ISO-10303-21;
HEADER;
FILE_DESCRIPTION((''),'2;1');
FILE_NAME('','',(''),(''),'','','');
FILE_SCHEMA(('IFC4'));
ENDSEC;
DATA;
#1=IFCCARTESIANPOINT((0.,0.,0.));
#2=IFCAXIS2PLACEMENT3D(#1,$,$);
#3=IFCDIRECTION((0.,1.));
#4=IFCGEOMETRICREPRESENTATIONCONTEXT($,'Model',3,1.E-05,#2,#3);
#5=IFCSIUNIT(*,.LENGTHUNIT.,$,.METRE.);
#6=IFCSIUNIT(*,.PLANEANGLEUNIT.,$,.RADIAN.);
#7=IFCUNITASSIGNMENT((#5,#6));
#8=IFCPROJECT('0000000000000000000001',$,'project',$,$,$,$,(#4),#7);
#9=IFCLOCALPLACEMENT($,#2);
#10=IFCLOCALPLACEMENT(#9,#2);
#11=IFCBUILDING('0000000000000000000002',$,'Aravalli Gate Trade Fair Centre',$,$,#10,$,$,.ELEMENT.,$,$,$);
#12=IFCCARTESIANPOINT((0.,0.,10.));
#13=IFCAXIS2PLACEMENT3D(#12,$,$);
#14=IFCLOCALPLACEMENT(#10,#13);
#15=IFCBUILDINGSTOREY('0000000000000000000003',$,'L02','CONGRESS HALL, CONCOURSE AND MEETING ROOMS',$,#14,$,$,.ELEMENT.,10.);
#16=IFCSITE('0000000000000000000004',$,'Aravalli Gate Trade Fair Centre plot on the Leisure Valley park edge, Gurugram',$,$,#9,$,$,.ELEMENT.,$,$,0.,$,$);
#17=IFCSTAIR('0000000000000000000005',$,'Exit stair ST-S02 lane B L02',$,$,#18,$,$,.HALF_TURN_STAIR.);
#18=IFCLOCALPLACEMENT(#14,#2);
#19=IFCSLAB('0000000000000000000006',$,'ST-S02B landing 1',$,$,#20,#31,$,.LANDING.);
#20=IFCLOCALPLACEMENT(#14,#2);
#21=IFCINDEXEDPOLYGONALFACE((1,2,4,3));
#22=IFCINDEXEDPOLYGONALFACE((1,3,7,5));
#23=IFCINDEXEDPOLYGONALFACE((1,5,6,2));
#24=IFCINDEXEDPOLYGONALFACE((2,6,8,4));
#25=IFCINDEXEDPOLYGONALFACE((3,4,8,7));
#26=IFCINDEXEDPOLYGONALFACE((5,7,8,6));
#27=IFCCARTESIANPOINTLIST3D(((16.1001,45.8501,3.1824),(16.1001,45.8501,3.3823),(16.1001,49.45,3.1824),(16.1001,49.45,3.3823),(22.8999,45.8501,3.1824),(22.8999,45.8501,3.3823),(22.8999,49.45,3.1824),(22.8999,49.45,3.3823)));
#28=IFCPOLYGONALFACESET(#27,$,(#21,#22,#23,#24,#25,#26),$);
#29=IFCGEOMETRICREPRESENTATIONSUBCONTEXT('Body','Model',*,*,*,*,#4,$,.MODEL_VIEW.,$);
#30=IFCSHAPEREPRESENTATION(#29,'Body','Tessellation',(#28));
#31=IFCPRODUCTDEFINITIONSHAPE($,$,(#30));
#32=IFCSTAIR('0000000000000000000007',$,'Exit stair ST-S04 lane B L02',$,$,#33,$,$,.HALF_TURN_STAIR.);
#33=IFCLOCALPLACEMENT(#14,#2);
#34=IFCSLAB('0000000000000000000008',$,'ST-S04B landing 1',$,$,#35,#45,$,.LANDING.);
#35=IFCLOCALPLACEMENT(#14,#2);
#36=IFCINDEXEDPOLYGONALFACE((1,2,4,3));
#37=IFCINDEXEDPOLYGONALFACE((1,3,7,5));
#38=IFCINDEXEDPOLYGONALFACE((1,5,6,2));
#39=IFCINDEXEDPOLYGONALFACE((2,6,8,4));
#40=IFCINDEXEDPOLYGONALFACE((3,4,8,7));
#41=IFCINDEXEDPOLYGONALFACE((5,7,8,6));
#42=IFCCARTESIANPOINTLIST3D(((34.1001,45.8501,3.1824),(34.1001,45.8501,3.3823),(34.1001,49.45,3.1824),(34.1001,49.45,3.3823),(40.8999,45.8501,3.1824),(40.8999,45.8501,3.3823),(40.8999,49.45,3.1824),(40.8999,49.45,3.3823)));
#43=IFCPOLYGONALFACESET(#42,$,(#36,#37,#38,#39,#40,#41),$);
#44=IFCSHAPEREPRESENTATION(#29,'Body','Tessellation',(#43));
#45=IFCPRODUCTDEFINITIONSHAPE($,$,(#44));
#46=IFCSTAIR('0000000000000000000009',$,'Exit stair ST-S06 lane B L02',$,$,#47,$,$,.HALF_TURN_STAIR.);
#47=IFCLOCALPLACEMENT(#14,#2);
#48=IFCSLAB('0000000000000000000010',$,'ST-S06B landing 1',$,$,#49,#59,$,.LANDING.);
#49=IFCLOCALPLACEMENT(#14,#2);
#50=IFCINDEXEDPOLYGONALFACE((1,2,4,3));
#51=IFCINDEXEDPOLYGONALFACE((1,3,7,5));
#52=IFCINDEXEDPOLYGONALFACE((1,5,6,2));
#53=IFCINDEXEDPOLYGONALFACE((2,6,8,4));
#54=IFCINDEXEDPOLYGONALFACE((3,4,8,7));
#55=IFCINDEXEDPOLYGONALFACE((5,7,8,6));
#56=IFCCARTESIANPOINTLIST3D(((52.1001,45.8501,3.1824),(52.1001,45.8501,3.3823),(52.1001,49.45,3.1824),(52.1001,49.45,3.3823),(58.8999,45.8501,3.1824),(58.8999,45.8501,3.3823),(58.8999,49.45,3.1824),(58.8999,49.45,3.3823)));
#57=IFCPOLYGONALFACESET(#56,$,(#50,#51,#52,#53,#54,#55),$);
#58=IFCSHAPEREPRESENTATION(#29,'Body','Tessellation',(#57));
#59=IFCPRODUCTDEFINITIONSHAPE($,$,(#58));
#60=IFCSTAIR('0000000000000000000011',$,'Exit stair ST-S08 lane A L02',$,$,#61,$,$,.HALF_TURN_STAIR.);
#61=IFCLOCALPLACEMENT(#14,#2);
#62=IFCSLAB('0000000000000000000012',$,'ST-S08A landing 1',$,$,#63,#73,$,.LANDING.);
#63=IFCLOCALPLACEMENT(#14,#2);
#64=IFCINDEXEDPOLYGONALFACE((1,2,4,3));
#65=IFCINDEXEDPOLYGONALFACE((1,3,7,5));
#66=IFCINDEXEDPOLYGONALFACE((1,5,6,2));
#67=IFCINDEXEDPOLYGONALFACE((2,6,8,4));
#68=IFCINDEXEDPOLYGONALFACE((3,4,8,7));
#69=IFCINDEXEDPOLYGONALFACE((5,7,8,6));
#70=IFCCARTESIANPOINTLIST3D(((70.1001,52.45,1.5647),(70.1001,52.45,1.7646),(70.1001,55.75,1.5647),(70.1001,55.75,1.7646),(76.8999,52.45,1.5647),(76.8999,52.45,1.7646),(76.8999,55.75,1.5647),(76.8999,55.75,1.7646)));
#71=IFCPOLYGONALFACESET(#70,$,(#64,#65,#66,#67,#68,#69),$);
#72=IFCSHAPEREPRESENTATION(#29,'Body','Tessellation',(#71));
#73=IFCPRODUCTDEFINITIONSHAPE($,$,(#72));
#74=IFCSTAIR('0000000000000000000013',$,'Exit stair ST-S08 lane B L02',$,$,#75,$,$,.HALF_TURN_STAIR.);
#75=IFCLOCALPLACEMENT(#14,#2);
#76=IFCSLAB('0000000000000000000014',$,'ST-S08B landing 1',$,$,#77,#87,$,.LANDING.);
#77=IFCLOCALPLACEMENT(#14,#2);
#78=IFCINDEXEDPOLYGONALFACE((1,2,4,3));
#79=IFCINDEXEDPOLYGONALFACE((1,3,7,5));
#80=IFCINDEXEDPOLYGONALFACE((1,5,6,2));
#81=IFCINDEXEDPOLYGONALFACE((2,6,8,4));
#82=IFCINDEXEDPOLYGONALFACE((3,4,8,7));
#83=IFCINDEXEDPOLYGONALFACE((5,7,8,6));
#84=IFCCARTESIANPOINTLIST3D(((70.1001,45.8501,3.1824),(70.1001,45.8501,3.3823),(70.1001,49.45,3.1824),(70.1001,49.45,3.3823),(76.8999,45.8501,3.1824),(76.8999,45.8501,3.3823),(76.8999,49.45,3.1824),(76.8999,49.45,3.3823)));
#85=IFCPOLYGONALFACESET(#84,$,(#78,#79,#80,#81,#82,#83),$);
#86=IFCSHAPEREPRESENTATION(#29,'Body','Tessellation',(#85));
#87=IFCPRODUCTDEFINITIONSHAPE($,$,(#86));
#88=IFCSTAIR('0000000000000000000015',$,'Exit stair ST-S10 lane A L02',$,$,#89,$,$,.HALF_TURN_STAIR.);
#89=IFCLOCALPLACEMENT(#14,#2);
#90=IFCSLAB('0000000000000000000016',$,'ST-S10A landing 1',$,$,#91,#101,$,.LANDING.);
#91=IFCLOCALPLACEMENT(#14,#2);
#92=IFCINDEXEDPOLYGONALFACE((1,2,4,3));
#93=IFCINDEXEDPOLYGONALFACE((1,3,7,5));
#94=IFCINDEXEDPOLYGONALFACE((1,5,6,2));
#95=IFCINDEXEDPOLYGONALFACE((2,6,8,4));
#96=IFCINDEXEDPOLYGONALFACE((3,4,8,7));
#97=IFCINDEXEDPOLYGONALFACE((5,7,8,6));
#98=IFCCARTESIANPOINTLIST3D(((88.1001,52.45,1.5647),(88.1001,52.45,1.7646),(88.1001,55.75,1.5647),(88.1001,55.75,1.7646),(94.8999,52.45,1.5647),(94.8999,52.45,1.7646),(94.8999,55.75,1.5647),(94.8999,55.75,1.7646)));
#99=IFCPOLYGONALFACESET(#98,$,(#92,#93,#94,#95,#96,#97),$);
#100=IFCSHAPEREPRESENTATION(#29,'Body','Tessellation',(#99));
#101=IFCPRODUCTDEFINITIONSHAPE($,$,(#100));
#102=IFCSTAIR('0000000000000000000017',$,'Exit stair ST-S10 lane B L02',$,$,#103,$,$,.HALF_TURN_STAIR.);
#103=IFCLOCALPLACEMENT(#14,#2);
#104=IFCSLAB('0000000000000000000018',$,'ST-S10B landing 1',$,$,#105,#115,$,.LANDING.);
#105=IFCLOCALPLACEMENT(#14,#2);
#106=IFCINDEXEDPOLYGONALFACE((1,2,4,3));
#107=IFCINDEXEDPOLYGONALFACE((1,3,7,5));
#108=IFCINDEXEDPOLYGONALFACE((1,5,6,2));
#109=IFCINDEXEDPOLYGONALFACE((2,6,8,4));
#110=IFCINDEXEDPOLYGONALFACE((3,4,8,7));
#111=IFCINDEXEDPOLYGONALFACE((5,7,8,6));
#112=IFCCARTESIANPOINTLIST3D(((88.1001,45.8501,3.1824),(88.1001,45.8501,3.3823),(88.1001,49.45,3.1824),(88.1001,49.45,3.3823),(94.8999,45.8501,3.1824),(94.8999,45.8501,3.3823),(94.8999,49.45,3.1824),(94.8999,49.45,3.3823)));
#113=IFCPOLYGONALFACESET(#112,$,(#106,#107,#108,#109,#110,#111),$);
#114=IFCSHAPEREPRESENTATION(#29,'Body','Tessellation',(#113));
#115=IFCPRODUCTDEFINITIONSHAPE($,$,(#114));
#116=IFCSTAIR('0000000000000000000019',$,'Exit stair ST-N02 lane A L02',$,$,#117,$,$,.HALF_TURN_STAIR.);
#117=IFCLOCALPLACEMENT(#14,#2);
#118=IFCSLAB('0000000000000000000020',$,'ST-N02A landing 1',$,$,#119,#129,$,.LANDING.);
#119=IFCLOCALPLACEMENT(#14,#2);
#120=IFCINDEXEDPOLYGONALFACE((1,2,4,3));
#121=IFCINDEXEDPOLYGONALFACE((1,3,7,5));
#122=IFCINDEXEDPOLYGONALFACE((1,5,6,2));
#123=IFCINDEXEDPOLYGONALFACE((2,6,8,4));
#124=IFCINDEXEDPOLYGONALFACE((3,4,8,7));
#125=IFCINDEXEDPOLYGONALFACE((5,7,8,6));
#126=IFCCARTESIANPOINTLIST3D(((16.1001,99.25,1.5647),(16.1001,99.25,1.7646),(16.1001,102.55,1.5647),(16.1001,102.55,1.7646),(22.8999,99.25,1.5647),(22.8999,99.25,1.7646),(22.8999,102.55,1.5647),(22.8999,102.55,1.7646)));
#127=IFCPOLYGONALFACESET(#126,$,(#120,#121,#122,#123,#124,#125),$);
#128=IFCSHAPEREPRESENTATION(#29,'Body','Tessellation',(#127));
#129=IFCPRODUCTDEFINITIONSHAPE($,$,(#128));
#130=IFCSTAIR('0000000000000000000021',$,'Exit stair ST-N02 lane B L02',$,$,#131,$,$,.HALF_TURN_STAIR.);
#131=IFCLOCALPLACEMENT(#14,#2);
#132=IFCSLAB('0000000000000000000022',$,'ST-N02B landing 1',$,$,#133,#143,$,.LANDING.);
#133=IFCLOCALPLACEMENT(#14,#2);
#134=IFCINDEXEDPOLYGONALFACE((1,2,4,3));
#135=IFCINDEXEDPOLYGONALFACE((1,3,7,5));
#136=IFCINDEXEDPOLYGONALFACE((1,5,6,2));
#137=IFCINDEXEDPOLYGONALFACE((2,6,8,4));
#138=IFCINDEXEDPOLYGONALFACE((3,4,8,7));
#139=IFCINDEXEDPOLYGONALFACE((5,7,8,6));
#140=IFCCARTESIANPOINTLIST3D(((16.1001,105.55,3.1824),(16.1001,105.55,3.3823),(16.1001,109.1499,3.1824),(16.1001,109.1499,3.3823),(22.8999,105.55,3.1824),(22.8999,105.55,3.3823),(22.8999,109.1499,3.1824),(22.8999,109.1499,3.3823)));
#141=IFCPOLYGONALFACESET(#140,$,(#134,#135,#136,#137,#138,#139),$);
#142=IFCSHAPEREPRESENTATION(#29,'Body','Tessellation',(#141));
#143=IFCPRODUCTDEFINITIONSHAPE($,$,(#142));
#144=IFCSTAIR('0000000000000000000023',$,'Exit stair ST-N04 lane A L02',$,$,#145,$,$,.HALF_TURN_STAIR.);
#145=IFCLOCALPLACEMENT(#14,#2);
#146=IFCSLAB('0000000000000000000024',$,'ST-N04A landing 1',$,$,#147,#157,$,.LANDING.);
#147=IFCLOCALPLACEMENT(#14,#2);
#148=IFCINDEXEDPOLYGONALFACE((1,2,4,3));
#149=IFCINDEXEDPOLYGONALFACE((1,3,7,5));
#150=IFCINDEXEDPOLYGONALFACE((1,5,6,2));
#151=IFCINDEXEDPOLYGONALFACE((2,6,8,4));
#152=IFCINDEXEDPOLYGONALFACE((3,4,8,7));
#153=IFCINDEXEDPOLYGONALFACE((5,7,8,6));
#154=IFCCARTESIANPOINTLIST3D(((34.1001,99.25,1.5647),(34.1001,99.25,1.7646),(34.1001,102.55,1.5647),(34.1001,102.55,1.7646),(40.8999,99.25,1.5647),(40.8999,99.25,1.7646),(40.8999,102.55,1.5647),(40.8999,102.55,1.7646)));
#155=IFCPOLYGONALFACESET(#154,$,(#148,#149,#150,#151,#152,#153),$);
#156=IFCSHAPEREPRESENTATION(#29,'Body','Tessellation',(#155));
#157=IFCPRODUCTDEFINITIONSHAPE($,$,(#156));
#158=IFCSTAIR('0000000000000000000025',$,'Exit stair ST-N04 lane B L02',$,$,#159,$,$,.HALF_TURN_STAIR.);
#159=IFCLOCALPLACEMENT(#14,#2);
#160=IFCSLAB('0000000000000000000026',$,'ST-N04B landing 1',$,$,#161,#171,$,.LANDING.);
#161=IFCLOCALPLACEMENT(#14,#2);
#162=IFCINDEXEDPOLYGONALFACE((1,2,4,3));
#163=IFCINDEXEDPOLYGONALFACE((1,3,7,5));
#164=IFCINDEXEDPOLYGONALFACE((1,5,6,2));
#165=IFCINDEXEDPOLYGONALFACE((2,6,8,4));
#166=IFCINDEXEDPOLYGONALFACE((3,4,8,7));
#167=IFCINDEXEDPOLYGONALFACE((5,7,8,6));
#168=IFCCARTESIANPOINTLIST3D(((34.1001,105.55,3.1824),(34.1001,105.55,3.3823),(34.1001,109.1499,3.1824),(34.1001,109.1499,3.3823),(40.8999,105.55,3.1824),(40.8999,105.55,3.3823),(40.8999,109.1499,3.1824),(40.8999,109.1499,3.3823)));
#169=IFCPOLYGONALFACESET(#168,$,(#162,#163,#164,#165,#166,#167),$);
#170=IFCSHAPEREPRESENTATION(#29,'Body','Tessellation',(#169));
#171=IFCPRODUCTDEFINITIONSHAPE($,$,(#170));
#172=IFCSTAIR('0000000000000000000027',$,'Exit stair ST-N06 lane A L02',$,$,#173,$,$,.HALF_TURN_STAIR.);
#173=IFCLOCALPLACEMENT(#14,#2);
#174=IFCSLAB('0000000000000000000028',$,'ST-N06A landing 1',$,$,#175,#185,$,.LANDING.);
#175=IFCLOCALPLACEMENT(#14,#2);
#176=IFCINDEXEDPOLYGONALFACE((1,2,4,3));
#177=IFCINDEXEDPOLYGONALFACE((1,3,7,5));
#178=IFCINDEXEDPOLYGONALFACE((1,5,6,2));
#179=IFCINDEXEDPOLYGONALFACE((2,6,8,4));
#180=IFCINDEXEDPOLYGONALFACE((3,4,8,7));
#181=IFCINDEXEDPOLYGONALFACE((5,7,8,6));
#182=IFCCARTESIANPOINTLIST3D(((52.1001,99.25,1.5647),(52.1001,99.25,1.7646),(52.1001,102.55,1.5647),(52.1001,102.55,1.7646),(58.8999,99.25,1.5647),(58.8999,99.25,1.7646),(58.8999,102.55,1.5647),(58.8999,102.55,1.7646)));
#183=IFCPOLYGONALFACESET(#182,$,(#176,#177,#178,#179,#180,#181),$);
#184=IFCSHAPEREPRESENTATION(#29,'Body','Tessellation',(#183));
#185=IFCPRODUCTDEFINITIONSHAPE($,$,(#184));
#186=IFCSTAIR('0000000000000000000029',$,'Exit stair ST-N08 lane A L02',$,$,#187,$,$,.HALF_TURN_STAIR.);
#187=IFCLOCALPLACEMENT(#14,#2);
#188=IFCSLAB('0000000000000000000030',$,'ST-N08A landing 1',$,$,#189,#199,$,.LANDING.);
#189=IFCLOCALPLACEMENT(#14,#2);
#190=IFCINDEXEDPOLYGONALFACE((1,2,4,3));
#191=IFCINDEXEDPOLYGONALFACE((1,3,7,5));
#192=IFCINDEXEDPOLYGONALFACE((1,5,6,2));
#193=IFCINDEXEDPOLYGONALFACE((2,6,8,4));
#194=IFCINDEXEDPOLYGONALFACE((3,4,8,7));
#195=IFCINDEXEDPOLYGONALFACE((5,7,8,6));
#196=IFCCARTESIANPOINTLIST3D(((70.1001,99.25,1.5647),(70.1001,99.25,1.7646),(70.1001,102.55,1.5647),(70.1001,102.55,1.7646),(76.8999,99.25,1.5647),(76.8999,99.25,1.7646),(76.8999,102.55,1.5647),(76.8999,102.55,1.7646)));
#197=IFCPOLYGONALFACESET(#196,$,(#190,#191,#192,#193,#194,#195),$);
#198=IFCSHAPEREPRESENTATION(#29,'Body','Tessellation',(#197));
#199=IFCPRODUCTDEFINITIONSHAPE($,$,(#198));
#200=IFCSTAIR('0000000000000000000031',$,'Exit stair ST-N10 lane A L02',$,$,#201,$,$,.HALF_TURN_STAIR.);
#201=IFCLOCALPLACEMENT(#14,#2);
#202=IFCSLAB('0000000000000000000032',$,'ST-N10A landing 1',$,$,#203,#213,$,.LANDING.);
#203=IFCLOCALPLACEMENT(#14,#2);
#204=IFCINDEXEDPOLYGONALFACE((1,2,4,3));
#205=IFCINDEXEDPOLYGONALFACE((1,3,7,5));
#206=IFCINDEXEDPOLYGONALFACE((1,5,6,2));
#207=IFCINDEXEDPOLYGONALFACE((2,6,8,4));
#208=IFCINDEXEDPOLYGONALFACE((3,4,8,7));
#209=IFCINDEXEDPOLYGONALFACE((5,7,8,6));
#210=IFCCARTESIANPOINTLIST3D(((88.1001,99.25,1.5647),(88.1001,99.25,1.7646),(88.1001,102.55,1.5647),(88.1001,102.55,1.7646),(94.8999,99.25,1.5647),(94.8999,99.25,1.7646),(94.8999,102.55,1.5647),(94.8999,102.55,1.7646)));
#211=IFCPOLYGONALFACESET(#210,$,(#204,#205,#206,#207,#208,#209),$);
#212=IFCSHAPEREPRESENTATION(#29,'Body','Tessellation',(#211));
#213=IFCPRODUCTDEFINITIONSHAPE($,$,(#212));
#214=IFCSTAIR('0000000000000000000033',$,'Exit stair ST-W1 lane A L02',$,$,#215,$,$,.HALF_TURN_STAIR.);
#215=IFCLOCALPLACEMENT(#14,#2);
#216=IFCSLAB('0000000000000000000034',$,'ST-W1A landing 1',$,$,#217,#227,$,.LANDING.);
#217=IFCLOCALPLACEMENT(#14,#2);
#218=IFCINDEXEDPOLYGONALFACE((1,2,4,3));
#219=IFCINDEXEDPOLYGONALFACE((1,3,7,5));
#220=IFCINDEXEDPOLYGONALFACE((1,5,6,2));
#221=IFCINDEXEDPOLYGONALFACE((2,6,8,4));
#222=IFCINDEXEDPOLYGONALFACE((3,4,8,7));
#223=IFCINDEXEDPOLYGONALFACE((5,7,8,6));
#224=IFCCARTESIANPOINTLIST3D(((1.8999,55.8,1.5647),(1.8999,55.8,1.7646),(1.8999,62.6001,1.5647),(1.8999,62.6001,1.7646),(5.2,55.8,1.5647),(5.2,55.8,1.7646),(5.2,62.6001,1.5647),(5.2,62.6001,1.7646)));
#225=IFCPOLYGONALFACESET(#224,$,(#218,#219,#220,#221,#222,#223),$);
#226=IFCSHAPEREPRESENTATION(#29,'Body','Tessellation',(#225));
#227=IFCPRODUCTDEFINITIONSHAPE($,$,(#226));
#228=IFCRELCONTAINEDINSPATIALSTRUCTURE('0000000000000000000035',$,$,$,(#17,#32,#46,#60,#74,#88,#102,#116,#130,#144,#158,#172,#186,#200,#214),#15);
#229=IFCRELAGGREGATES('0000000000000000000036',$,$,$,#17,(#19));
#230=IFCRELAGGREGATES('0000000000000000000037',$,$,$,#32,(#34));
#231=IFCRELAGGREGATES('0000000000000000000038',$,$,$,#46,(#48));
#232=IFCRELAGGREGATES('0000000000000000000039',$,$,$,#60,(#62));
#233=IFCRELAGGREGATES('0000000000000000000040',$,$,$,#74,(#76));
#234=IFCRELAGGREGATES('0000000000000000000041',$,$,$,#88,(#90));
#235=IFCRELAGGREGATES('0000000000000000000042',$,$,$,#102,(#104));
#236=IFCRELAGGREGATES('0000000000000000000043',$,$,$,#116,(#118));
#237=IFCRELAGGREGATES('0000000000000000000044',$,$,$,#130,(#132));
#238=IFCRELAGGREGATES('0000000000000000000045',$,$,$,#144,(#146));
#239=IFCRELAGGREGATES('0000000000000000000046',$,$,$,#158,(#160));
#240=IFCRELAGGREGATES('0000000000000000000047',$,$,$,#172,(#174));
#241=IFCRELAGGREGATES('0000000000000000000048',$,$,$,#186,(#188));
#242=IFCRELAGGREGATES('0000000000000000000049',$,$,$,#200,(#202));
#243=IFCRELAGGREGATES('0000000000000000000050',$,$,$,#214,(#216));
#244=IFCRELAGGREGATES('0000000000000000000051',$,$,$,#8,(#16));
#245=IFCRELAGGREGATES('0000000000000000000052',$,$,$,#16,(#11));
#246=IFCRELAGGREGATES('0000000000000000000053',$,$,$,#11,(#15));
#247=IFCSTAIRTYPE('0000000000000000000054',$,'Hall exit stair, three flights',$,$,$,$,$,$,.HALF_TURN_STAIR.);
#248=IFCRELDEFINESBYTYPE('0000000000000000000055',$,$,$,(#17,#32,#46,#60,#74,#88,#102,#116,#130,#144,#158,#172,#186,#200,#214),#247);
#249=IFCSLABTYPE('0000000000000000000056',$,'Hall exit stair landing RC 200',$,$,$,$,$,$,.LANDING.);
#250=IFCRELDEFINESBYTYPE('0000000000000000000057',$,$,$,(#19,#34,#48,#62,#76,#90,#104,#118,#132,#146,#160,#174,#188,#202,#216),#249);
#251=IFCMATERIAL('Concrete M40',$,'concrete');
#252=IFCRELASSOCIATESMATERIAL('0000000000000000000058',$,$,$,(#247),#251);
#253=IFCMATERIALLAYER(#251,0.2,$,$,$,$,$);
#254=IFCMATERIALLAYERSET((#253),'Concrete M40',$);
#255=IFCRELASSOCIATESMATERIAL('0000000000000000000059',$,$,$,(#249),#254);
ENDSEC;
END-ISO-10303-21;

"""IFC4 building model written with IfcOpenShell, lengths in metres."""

from ifc_helpers import new_model, si_unit, direction, frame, origin, place, context, subcontext, project, spatial, polyline, outline, extrude, material, layer, layer_set, type_object, element, aggregate, save


model = new_model("IFC4")

# Units and contexts
model_context = context("Model", 3, precision=1e-05, world=origin(), true_north=direction((0.0, 1.0)))
body_context = subcontext(model_context, "Body", "Model", "MODEL_VIEW")
ifc_project = project(units=[si_unit("LENGTHUNIT", "METRE"), si_unit("PLANEANGLEUNIT", "RADIAN")], contexts=[model_context])

# Site, building, storey
site_placement = place(None, origin())
site = spatial("IfcSite", under=ifc_project, at=site_placement, Name="Aravalli Gate Trade Fair Centre plot on the Leisure Valley park edge, Gurugram", CompositionType="ELEMENT", RefElevation=0.0)
building_placement = place(site_placement, origin())
building = spatial("IfcBuilding", under=site, at=building_placement, Name="Aravalli Gate Trade Fair Centre", CompositionType="ELEMENT")
storey_placement = place(building_placement, frame((0.0, 0.0, 10.0)))
storey = spatial("IfcBuildingStorey", under=building, at=storey_placement, Name="L02", Description="CONGRESS HALL, CONCOURSE AND MEETING ROOMS", CompositionType="ELEMENT", Elevation=10.0)

# Stairs, slabs
ifc_material_1 = material(Name="Concrete M40", Category="concrete")
stair_type_1 = type_object("IfcStairType", Name="Hall exit stair, three flights", PredefinedType="HALF_TURN_STAIR", material=ifc_material_1)
stair_1_placement = place(storey_placement, origin())
stair_1 = element("IfcStair", 1, at=stair_1_placement, inside=storey, type_object=stair_type_1, Name="Exit stair ST-S02 lane B L02", PredefinedType="HALF_TURN_STAIR")
ifc_layer_1 = layer(ifc_material_1, 0.2)
ifc_layer_set_1 = layer_set([ifc_layer_1], Name="Concrete M40")
slab_type_1 = type_object("IfcSlabType", Name="Hall exit stair landing RC 200", PredefinedType="LANDING", material=ifc_layer_set_1)
slab_1_placement = place(storey_placement, frame((0.0, 0.0, 3.1824)))
slab_1 = element("IfcSlab", 2, at=slab_1_placement, type_object=slab_type_1, Name="ST-S02B landing 1", PredefinedType="LANDING", context=body_context, shape_type="SweptSolid", body=[
    extrude(outline(polyline([(16.1001, 45.8501), (22.8999, 45.8501), (22.8999, 49.45), (16.1001, 49.45), (16.1001, 45.8501)])), origin(), (0.0, 0.0, 1.0), 0.2),
])
aggregate(stair_1, [slab_1])
stair_2_placement = place(storey_placement, origin())
stair_2 = element("IfcStair", 3, at=stair_2_placement, inside=storey, type_object=stair_type_1, Name="Exit stair ST-S04 lane B L02", PredefinedType="HALF_TURN_STAIR")
slab_2_placement = place(storey_placement, frame((0.0, 0.0, 3.1824)))
slab_2 = element("IfcSlab", 4, at=slab_2_placement, type_object=slab_type_1, Name="ST-S04B landing 1", PredefinedType="LANDING", context=body_context, shape_type="SweptSolid", body=[
    extrude(outline(polyline([(34.1001, 45.8501), (40.8999, 45.8501), (40.8999, 49.45), (34.1001, 49.45), (34.1001, 45.8501)])), origin(), (0.0, 0.0, 1.0), 0.2),
])
aggregate(stair_2, [slab_2])
stair_3_placement = place(storey_placement, origin())
stair_3 = element("IfcStair", 5, at=stair_3_placement, inside=storey, type_object=stair_type_1, Name="Exit stair ST-S06 lane B L02", PredefinedType="HALF_TURN_STAIR")
slab_3_placement = place(storey_placement, frame((0.0, 0.0, 3.1824)))
slab_3 = element("IfcSlab", 6, at=slab_3_placement, type_object=slab_type_1, Name="ST-S06B landing 1", PredefinedType="LANDING", context=body_context, shape_type="SweptSolid", body=[
    extrude(outline(polyline([(52.1001, 45.8501), (58.8999, 45.8501), (58.8999, 49.45), (52.1001, 49.45), (52.1001, 45.8501)])), origin(), (0.0, 0.0, 1.0), 0.2),
])
aggregate(stair_3, [slab_3])
stair_4_placement = place(storey_placement, origin())
stair_4 = element("IfcStair", 7, at=stair_4_placement, inside=storey, type_object=stair_type_1, Name="Exit stair ST-S08 lane A L02", PredefinedType="HALF_TURN_STAIR")
slab_4_placement = place(storey_placement, frame((0.0, 0.0, 1.5647)))
slab_4 = element("IfcSlab", 8, at=slab_4_placement, type_object=slab_type_1, Name="ST-S08A landing 1", PredefinedType="LANDING", context=body_context, shape_type="SweptSolid", body=[
    extrude(outline(polyline([(70.1001, 52.45), (76.8999, 52.45), (76.8999, 55.75), (70.1001, 55.75), (70.1001, 52.45)])), origin(), (0.0, 0.0, 1.0), 0.2),
])
aggregate(stair_4, [slab_4])
stair_5_placement = place(storey_placement, origin())
stair_5 = element("IfcStair", 9, at=stair_5_placement, inside=storey, type_object=stair_type_1, Name="Exit stair ST-S08 lane B L02", PredefinedType="HALF_TURN_STAIR")
slab_5_placement = place(storey_placement, frame((0.0, 0.0, 3.1824)))
slab_5 = element("IfcSlab", 10, at=slab_5_placement, type_object=slab_type_1, Name="ST-S08B landing 1", PredefinedType="LANDING", context=body_context, shape_type="SweptSolid", body=[
    extrude(outline(polyline([(70.1001, 45.8501), (76.8999, 45.8501), (76.8999, 49.45), (70.1001, 49.45), (70.1001, 45.8501)])), origin(), (0.0, 0.0, 1.0), 0.2),
])
aggregate(stair_5, [slab_5])
stair_6_placement = place(storey_placement, origin())
stair_6 = element("IfcStair", 11, at=stair_6_placement, inside=storey, type_object=stair_type_1, Name="Exit stair ST-S10 lane A L02", PredefinedType="HALF_TURN_STAIR")
slab_6_placement = place(storey_placement, frame((0.0, 0.0, 1.5647)))
slab_6 = element("IfcSlab", 12, at=slab_6_placement, type_object=slab_type_1, Name="ST-S10A landing 1", PredefinedType="LANDING", context=body_context, shape_type="SweptSolid", body=[
    extrude(outline(polyline([(88.1001, 52.45), (94.8999, 52.45), (94.8999, 55.75), (88.1001, 55.75), (88.1001, 52.45)])), origin(), (0.0, 0.0, 1.0), 0.2),
])
aggregate(stair_6, [slab_6])
stair_7_placement = place(storey_placement, origin())
stair_7 = element("IfcStair", 13, at=stair_7_placement, inside=storey, type_object=stair_type_1, Name="Exit stair ST-S10 lane B L02", PredefinedType="HALF_TURN_STAIR")
slab_7_placement = place(storey_placement, frame((0.0, 0.0, 3.1824)))
slab_7 = element("IfcSlab", 14, at=slab_7_placement, type_object=slab_type_1, Name="ST-S10B landing 1", PredefinedType="LANDING", context=body_context, shape_type="SweptSolid", body=[
    extrude(outline(polyline([(88.1001, 45.8501), (94.8999, 45.8501), (94.8999, 49.45), (88.1001, 49.45), (88.1001, 45.8501)])), origin(), (0.0, 0.0, 1.0), 0.2),
])
aggregate(stair_7, [slab_7])
stair_8_placement = place(storey_placement, origin())
stair_8 = element("IfcStair", 15, at=stair_8_placement, inside=storey, type_object=stair_type_1, Name="Exit stair ST-N02 lane A L02", PredefinedType="HALF_TURN_STAIR")
slab_8_placement = place(storey_placement, frame((0.0, 0.0, 1.5647)))
slab_8 = element("IfcSlab", 16, at=slab_8_placement, type_object=slab_type_1, Name="ST-N02A landing 1", PredefinedType="LANDING", context=body_context, shape_type="SweptSolid", body=[
    extrude(outline(polyline([(16.1001, 102.55), (22.8999, 102.55), (22.8999, 99.25), (16.1001, 99.25), (16.1001, 102.55)])), origin(), (0.0, 0.0, 1.0), 0.2),
])
aggregate(stair_8, [slab_8])
stair_9_placement = place(storey_placement, origin())
stair_9 = element("IfcStair", 17, at=stair_9_placement, inside=storey, type_object=stair_type_1, Name="Exit stair ST-N02 lane B L02", PredefinedType="HALF_TURN_STAIR")
slab_9_placement = place(storey_placement, frame((0.0, 0.0, 3.1824)))
slab_9 = element("IfcSlab", 18, at=slab_9_placement, type_object=slab_type_1, Name="ST-N02B landing 1", PredefinedType="LANDING", context=body_context, shape_type="SweptSolid", body=[
    extrude(outline(polyline([(16.1001, 109.1499), (22.8999, 109.1499), (22.8999, 105.55), (16.1001, 105.55), (16.1001, 109.1499)])), origin(), (0.0, 0.0, 1.0), 0.2),
])
aggregate(stair_9, [slab_9])
stair_10_placement = place(storey_placement, origin())
stair_10 = element("IfcStair", 19, at=stair_10_placement, inside=storey, type_object=stair_type_1, Name="Exit stair ST-N04 lane A L02", PredefinedType="HALF_TURN_STAIR")
slab_10_placement = place(storey_placement, frame((0.0, 0.0, 1.5647)))
slab_10 = element("IfcSlab", 20, at=slab_10_placement, type_object=slab_type_1, Name="ST-N04A landing 1", PredefinedType="LANDING", context=body_context, shape_type="SweptSolid", body=[
    extrude(outline(polyline([(34.1001, 102.55), (40.8999, 102.55), (40.8999, 99.25), (34.1001, 99.25), (34.1001, 102.55)])), origin(), (0.0, 0.0, 1.0), 0.2),
])
aggregate(stair_10, [slab_10])
stair_11_placement = place(storey_placement, origin())
stair_11 = element("IfcStair", 21, at=stair_11_placement, inside=storey, type_object=stair_type_1, Name="Exit stair ST-N04 lane B L02", PredefinedType="HALF_TURN_STAIR")
slab_11_placement = place(storey_placement, frame((0.0, 0.0, 3.1824)))
slab_11 = element("IfcSlab", 22, at=slab_11_placement, type_object=slab_type_1, Name="ST-N04B landing 1", PredefinedType="LANDING", context=body_context, shape_type="SweptSolid", body=[
    extrude(outline(polyline([(34.1001, 109.1499), (40.8999, 109.1499), (40.8999, 105.55), (34.1001, 105.55), (34.1001, 109.1499)])), origin(), (0.0, 0.0, 1.0), 0.2),
])
aggregate(stair_11, [slab_11])
stair_12_placement = place(storey_placement, origin())
stair_12 = element("IfcStair", 23, at=stair_12_placement, inside=storey, type_object=stair_type_1, Name="Exit stair ST-N06 lane A L02", PredefinedType="HALF_TURN_STAIR")
slab_12_placement = place(storey_placement, frame((0.0, 0.0, 1.5647)))
slab_12 = element("IfcSlab", 24, at=slab_12_placement, type_object=slab_type_1, Name="ST-N06A landing 1", PredefinedType="LANDING", context=body_context, shape_type="SweptSolid", body=[
    extrude(outline(polyline([(52.1001, 102.55), (58.8999, 102.55), (58.8999, 99.25), (52.1001, 99.25), (52.1001, 102.55)])), origin(), (0.0, 0.0, 1.0), 0.2),
])
aggregate(stair_12, [slab_12])
stair_13_placement = place(storey_placement, origin())
stair_13 = element("IfcStair", 25, at=stair_13_placement, inside=storey, type_object=stair_type_1, Name="Exit stair ST-N08 lane A L02", PredefinedType="HALF_TURN_STAIR")
slab_13_placement = place(storey_placement, frame((0.0, 0.0, 1.5647)))
slab_13 = element("IfcSlab", 26, at=slab_13_placement, type_object=slab_type_1, Name="ST-N08A landing 1", PredefinedType="LANDING", context=body_context, shape_type="SweptSolid", body=[
    extrude(outline(polyline([(70.1001, 102.55), (76.8999, 102.55), (76.8999, 99.25), (70.1001, 99.25), (70.1001, 102.55)])), origin(), (0.0, 0.0, 1.0), 0.2),
])
aggregate(stair_13, [slab_13])
stair_14_placement = place(storey_placement, origin())
stair_14 = element("IfcStair", 27, at=stair_14_placement, inside=storey, type_object=stair_type_1, Name="Exit stair ST-N10 lane A L02", PredefinedType="HALF_TURN_STAIR")
slab_14_placement = place(storey_placement, frame((0.0, 0.0, 1.5647)))
slab_14 = element("IfcSlab", 28, at=slab_14_placement, type_object=slab_type_1, Name="ST-N10A landing 1", PredefinedType="LANDING", context=body_context, shape_type="SweptSolid", body=[
    extrude(outline(polyline([(88.1001, 102.55), (94.8999, 102.55), (94.8999, 99.25), (88.1001, 99.25), (88.1001, 102.55)])), origin(), (0.0, 0.0, 1.0), 0.2),
])
aggregate(stair_14, [slab_14])
stair_15_placement = place(storey_placement, origin())
stair_15 = element("IfcStair", 29, at=stair_15_placement, inside=storey, type_object=stair_type_1, Name="Exit stair ST-W1 lane A L02", PredefinedType="HALF_TURN_STAIR")
slab_15_placement = place(storey_placement, frame((0.0, 0.0, 1.5647)))
slab_15 = element("IfcSlab", 30, at=slab_15_placement, type_object=slab_type_1, Name="ST-W1A landing 1", PredefinedType="LANDING", context=body_context, shape_type="SweptSolid", body=[
    extrude(outline(polyline([(5.2, 55.8), (5.2, 62.6001), (1.8999, 62.6001), (1.8999, 55.8), (5.2, 55.8)])), origin(), (0.0, 0.0, 1.0), 0.2),
])
aggregate(stair_15, [slab_15])

save(model, "model.ifc")
